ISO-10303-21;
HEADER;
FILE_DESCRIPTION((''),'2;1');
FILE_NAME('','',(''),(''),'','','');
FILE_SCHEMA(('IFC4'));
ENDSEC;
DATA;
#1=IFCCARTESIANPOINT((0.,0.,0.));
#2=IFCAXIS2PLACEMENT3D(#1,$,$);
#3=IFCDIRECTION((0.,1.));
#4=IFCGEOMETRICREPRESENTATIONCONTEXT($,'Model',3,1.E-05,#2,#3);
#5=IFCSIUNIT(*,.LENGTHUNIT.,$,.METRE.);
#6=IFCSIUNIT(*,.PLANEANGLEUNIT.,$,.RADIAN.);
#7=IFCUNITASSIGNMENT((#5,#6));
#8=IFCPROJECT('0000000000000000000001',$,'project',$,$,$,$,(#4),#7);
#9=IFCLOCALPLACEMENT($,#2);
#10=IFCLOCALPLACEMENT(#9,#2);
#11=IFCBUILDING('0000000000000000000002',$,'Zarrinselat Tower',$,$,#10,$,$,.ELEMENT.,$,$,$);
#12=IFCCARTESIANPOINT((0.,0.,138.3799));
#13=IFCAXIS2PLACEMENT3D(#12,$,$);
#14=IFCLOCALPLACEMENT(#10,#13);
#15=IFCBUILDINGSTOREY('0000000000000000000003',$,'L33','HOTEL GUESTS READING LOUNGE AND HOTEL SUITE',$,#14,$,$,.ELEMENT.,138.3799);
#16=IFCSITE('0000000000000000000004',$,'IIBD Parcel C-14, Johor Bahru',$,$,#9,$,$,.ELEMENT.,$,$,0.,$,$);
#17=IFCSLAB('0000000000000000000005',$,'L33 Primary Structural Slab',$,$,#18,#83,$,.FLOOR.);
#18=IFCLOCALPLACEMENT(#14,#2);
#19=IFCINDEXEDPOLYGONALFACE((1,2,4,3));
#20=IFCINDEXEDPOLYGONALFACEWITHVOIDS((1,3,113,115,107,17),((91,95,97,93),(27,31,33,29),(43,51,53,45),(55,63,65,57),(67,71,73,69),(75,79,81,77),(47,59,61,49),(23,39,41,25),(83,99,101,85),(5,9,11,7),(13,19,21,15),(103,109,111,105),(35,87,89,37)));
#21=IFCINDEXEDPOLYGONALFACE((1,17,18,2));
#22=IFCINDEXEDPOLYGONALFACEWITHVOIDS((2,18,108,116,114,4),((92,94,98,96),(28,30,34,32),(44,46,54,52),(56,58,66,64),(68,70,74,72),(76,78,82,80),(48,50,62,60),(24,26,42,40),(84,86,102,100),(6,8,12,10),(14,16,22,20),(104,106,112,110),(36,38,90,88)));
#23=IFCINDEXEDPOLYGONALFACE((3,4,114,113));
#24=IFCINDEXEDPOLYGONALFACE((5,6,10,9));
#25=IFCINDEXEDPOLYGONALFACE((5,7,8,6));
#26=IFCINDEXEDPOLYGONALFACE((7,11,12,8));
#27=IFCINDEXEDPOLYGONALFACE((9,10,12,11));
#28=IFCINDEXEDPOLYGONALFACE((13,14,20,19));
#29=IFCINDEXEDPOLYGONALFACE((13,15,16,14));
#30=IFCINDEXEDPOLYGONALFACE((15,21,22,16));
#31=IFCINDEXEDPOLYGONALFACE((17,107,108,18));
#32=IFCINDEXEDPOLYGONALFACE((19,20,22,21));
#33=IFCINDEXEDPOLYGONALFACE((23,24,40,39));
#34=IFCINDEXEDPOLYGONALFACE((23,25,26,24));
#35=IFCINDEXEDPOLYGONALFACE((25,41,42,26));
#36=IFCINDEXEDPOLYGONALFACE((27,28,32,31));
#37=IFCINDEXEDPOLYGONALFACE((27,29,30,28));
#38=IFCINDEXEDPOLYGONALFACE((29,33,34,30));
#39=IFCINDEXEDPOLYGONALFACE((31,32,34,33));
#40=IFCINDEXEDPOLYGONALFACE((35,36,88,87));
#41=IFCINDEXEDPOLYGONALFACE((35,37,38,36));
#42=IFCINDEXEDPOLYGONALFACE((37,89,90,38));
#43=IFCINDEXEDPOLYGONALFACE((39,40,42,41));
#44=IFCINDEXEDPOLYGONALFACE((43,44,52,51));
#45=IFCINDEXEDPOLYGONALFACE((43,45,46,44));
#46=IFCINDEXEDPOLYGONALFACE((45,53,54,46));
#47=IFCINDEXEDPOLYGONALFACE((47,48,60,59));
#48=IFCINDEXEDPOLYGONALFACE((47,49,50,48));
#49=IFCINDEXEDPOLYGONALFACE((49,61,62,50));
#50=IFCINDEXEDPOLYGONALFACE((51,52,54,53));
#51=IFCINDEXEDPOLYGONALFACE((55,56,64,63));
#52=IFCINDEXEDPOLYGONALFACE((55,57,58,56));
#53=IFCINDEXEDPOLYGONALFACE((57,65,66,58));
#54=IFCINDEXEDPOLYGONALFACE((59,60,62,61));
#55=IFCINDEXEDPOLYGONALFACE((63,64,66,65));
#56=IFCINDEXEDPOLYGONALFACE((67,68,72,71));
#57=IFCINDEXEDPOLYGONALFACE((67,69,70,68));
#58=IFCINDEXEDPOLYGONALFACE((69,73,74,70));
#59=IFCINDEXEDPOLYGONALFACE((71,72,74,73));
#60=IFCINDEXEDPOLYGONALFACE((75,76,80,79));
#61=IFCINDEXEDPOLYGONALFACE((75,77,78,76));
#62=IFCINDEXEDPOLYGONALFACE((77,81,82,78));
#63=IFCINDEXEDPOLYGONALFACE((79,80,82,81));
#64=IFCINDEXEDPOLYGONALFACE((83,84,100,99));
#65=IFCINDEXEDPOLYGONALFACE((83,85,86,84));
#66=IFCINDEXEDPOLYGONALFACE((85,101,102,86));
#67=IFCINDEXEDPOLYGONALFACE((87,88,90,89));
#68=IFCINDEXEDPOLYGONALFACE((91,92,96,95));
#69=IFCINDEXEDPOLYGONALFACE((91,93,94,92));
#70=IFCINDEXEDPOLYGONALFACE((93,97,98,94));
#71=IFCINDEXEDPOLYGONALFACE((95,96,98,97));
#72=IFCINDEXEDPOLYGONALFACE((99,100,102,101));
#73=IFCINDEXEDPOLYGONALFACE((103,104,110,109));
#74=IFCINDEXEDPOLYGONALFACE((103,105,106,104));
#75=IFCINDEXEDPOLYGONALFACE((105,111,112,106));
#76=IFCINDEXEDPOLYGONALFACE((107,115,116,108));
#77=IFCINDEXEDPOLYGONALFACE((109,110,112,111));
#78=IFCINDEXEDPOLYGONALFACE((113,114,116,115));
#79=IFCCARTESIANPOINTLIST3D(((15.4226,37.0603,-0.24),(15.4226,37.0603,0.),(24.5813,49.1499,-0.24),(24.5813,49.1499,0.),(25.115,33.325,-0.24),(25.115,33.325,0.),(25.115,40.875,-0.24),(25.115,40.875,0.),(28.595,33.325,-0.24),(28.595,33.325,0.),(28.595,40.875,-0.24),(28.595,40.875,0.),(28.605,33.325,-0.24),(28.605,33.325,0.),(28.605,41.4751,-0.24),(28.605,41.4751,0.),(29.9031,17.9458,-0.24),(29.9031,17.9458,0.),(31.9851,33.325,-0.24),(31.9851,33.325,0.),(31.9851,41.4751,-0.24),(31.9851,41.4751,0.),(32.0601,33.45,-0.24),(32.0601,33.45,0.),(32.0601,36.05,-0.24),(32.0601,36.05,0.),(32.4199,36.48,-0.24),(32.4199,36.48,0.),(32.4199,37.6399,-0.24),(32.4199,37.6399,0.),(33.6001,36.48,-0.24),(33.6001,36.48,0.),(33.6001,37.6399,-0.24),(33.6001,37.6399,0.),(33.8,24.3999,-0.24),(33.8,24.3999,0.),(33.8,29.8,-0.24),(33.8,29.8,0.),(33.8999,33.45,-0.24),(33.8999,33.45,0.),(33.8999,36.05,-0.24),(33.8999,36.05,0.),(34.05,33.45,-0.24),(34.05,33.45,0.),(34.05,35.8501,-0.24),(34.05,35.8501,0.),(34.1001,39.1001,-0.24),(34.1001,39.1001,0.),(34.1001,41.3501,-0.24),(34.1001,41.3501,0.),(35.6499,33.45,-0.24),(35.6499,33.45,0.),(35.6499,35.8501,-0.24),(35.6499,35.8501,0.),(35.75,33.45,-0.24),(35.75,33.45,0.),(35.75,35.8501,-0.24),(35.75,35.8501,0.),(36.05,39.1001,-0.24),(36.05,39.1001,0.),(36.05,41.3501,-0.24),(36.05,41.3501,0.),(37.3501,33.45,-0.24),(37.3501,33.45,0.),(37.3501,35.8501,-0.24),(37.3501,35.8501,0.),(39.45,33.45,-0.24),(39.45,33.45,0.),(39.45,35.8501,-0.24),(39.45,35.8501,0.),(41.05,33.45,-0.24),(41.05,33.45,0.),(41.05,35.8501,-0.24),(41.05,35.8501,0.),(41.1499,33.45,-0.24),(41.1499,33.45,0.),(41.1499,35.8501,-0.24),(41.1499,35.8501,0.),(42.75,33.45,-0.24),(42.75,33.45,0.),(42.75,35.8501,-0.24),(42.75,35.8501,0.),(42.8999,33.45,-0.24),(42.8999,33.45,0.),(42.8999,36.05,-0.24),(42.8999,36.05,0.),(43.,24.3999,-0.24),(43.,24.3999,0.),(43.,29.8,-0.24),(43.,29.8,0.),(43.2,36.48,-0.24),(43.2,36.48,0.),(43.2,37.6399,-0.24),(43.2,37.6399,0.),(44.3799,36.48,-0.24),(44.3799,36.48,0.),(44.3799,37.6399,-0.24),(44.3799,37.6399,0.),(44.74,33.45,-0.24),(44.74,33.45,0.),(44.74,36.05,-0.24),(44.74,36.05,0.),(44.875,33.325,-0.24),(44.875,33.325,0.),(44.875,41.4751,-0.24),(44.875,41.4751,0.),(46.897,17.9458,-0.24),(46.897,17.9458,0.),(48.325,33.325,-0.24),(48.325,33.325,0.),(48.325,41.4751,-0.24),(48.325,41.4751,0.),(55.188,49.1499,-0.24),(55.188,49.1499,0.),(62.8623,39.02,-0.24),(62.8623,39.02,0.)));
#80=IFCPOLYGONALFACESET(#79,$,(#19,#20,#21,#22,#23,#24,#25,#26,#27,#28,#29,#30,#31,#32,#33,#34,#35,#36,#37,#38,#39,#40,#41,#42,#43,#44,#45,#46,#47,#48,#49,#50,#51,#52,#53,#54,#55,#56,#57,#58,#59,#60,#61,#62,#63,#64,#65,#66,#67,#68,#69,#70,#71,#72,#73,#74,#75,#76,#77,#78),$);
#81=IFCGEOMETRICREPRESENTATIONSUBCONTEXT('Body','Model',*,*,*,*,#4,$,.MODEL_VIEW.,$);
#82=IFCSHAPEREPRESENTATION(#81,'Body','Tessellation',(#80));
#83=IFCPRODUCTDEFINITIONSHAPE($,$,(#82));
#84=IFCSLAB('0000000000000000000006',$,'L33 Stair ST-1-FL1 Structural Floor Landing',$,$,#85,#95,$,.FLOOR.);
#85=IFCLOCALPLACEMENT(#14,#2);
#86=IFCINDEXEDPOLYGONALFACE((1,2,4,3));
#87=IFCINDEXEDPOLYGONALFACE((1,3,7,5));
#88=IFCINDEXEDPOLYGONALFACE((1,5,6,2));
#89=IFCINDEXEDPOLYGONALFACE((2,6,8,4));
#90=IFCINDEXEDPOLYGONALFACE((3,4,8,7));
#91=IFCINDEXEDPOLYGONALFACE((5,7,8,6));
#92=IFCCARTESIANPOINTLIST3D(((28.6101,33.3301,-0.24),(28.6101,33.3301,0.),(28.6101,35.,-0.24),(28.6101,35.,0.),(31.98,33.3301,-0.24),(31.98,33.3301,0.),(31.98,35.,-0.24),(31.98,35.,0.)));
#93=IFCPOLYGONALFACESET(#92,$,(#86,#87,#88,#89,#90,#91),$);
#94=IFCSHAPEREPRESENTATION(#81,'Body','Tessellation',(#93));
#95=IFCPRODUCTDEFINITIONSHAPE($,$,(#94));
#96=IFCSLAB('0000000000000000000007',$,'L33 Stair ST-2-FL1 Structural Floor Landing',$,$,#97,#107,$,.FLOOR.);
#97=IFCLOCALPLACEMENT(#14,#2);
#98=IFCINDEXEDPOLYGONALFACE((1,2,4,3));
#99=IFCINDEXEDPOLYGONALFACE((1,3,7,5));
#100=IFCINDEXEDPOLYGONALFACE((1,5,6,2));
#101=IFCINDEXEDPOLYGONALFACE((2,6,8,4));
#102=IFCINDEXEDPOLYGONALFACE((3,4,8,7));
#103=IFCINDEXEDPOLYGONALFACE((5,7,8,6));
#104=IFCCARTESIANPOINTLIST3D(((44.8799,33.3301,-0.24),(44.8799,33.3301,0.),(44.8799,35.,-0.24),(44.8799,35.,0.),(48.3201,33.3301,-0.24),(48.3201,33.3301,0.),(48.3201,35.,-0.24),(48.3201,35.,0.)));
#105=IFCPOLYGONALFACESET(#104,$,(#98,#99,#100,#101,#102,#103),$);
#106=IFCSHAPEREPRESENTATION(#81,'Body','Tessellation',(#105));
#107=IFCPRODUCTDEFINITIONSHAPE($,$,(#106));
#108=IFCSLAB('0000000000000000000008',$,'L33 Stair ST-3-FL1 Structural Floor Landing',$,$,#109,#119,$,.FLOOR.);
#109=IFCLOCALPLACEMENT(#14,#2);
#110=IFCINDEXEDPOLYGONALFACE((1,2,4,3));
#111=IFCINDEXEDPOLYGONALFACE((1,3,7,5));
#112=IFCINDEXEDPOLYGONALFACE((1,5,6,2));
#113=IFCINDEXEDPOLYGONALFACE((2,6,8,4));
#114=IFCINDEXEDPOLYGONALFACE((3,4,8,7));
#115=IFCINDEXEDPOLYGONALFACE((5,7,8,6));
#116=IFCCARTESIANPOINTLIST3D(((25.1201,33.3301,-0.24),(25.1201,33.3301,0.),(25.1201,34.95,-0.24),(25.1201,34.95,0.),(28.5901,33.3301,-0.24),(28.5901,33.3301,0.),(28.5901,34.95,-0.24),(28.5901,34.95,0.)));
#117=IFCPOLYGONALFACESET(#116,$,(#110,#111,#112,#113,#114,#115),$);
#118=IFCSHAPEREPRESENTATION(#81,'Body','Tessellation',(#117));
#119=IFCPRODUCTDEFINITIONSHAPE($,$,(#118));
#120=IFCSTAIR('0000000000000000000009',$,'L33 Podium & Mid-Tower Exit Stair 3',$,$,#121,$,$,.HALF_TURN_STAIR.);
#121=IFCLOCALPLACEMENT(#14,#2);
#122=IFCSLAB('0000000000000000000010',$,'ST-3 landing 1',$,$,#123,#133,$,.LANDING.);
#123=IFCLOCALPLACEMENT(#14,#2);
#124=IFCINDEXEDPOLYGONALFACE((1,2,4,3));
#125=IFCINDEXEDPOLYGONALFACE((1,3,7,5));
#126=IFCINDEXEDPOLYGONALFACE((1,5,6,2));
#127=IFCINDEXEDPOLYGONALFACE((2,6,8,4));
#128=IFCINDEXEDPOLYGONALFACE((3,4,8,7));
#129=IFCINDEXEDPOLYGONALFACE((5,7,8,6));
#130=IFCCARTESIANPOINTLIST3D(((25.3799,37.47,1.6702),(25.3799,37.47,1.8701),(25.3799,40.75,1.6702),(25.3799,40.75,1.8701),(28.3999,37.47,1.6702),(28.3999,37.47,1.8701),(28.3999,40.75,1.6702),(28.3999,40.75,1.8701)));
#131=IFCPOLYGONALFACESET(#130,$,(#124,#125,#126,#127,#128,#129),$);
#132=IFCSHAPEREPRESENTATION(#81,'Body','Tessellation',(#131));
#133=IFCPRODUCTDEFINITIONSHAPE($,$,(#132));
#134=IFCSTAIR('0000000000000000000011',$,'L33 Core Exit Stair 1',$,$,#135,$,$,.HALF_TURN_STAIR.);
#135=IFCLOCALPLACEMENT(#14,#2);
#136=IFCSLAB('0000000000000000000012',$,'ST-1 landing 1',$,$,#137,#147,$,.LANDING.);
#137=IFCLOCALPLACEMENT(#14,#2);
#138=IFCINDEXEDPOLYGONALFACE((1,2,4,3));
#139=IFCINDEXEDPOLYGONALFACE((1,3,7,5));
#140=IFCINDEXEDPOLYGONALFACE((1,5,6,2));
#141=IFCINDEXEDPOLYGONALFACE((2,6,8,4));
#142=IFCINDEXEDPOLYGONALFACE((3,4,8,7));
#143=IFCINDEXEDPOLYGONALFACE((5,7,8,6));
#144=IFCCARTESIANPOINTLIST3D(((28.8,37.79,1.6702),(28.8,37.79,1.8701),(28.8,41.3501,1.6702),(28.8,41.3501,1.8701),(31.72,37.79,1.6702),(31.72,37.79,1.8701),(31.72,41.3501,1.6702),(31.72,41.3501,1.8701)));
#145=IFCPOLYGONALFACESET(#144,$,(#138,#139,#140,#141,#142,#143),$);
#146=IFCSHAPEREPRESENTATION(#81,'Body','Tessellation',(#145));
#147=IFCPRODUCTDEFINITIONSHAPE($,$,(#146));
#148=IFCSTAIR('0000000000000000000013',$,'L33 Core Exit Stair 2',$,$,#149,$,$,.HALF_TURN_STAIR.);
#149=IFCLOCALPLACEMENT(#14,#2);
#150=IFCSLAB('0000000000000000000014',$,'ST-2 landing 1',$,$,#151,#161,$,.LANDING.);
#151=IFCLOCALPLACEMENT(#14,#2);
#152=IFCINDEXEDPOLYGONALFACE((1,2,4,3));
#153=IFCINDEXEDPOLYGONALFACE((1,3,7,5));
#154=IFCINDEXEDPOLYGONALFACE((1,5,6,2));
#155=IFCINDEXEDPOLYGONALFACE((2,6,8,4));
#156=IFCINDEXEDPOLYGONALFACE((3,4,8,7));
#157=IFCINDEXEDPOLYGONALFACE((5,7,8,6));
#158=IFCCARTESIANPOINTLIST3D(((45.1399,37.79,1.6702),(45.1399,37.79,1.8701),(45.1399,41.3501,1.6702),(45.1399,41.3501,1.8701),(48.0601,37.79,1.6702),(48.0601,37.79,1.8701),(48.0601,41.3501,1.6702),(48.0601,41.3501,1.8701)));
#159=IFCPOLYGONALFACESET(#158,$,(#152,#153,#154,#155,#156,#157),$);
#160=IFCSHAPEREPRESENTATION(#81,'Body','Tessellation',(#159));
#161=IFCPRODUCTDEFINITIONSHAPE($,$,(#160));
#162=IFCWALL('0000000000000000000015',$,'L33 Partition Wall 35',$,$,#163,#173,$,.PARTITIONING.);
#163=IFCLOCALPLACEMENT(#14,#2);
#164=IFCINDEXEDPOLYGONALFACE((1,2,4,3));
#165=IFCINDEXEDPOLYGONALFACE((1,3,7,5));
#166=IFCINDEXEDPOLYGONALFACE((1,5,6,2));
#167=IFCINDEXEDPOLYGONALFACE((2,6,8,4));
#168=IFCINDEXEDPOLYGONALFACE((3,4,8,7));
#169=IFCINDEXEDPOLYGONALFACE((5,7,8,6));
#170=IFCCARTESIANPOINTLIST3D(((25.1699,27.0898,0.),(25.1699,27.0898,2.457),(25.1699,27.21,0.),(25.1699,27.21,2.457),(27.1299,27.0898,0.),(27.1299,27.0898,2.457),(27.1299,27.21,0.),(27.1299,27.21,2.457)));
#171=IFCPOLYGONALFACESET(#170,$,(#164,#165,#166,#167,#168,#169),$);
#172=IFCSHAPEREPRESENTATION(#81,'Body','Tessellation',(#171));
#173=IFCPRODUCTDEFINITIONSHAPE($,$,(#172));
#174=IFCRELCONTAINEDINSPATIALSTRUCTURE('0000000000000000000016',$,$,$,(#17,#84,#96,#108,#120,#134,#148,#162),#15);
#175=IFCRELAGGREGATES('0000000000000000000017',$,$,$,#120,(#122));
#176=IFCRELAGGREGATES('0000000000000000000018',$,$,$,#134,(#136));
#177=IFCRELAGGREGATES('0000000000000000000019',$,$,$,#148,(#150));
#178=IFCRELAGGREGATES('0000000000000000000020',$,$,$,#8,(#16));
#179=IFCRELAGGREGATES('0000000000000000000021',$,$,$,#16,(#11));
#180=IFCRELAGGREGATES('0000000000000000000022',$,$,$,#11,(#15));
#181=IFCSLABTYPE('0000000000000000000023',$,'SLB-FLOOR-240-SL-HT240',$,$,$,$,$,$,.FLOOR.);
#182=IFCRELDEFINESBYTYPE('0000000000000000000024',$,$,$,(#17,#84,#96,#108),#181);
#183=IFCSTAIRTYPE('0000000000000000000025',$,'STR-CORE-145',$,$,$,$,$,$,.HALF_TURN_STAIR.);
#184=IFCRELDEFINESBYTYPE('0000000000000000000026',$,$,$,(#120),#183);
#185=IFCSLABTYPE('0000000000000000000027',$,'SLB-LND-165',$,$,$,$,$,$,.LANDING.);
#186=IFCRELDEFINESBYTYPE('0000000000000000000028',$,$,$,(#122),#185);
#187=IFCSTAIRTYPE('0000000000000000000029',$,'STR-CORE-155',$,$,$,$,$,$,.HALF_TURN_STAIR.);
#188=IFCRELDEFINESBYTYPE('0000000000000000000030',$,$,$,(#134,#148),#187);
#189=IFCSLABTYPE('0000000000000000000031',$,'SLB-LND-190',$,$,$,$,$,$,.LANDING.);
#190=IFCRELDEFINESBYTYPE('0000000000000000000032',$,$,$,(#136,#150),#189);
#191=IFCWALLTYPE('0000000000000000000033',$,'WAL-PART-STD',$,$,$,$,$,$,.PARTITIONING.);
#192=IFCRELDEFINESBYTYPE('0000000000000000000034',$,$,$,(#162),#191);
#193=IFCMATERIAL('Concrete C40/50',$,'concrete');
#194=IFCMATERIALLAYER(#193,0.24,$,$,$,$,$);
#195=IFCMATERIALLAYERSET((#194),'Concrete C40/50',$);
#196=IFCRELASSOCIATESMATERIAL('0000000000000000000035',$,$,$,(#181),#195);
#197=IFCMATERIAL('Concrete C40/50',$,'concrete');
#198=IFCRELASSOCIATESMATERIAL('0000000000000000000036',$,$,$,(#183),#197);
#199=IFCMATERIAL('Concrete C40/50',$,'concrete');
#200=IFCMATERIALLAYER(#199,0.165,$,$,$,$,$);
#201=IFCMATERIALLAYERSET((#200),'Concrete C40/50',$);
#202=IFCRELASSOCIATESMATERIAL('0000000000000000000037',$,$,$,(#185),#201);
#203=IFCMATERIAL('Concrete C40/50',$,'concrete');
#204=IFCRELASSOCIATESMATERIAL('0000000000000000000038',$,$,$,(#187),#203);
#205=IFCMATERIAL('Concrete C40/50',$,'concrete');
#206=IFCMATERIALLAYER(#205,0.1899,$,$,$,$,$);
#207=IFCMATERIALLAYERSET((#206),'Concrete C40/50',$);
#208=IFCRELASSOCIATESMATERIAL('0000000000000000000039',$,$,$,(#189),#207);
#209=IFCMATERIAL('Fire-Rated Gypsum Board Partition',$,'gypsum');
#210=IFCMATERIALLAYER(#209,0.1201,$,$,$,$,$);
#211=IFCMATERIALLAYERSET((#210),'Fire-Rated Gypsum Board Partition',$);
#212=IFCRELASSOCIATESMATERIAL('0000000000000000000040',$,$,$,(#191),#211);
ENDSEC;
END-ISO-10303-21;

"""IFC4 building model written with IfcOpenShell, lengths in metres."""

from ifc_helpers import new_model, si_unit, direction, frame, frame_2d, origin, place, context, subcontext, project, spatial, polyline, rectangle, outline, extrude, material, layer, layer_set, type_object, element, aggregate, save


model = new_model("IFC4")

# Units and contexts
model_context = context("Model", 3, precision=1e-05, world=origin(), true_north=direction((0.0, 1.0)))
body_context = subcontext(model_context, "Body", "Model", "MODEL_VIEW")
ifc_project = project(units=[si_unit("LENGTHUNIT", "METRE"), si_unit("PLANEANGLEUNIT", "RADIAN")], contexts=[model_context])

# Site, building, storey
site_placement = place(None, origin())
site = spatial("IfcSite", under=ifc_project, at=site_placement, Name="IIBD Parcel C-14, Johor Bahru", CompositionType="ELEMENT", RefElevation=0.0)
building_placement = place(site_placement, origin())
building = spatial("IfcBuilding", under=site, at=building_placement, Name="Zarrinselat Tower", CompositionType="ELEMENT")
storey_placement = place(building_placement, frame((0.0, 0.0, 138.3799)))
storey = spatial("IfcBuildingStorey", under=building, at=storey_placement, Name="L33", Description="HOTEL GUESTS READING LOUNGE AND HOTEL SUITE", CompositionType="ELEMENT", Elevation=138.3799)

# Slabs
ifc_material_1 = material(Name="Concrete C40/50", Category="concrete")
ifc_layer_1 = layer(ifc_material_1, 0.24)
ifc_layer_set_1 = layer_set([ifc_layer_1], Name="Concrete C40/50")
slab_type_1 = type_object("IfcSlabType", Name="SLB-FLOOR-240-SL-HT240", PredefinedType="FLOOR", material=ifc_layer_set_1)
slab_1_placement = place(storey_placement, frame((0.0, 0.0, -0.24)))
element("IfcSlab", 1, at=slab_1_placement, inside=storey, type_object=slab_type_1, Name="L33 Primary Structural Slab", PredefinedType="FLOOR", context=body_context, shape_type="SweptSolid", body=[
    extrude(outline(polyline([(55.188, 49.1499), (24.5813, 49.1499), (15.4226, 37.0603), (29.9031, 17.9458), (46.897, 17.9458), (62.8623, 39.02), (55.188, 49.1499)]), holes=[polyline([(35.6499, 33.45), (34.05, 33.45), (34.05, 35.8501), (35.6499, 35.8501), (35.6499, 33.45)]), polyline([(35.75, 33.45), (35.75, 35.8501), (37.3501, 35.8501), (37.3501, 33.45), (35.75, 33.45)]), polyline([(32.0601, 33.45), (32.0601, 36.05), (33.8999, 36.05), (33.8999, 33.45), (32.0601, 33.45)]), polyline([(33.6001, 36.48), (32.4199, 36.48), (32.4199, 37.6399), (33.6001, 37.6399), (33.6001, 36.48)]), polyline([(28.595, 33.325), (25.115, 33.325), (25.115, 40.875), (28.595, 40.875), (28.595, 33.325)]), polyline([(31.9851, 33.325), (28.605, 33.325), (28.605, 41.4751), (31.9851, 41.4751), (31.9851, 33.325)]), polyline([(36.05, 39.1001), (34.1001, 39.1001), (34.1001, 41.3501), (36.05, 41.3501), (36.05, 39.1001)]), polyline([(33.8, 24.3999), (33.8, 29.8), (43.0, 29.8), (43.0, 24.3999), (33.8, 24.3999)]), polyline([(39.45, 33.45), (39.45, 35.8501), (41.05, 35.8501), (41.05, 33.45), (39.45, 33.45)]), polyline([(41.1499, 33.45), (41.1499, 35.8501), (42.75, 35.8501), (42.75, 33.45), (41.1499, 33.45)]), polyline([(42.8999, 33.45), (42.8999, 36.05), (44.74, 36.05), (44.74, 33.45), (42.8999, 33.45)]), polyline([(43.2, 36.48), (43.2, 37.6399), (44.3799, 37.6399), (44.3799, 36.48), (43.2, 36.48)]), polyline([(48.325, 33.325), (44.875, 33.325), (44.875, 41.4751), (48.325, 41.4751), (48.325, 33.325)])]), origin(), (0.0, 0.0, 1.0), 0.24),
])
slab_2_placement = place(storey_placement, frame((0.0, 0.0, -0.24)))
element("IfcSlab", 2, at=slab_2_placement, inside=storey, type_object=slab_type_1, Name="L33 Stair ST-1-FL1 Structural Floor Landing", PredefinedType="FLOOR", context=body_context, shape_type="SweptSolid", body=[
    extrude(outline(polyline([(31.98, 33.3301), (31.98, 35.0), (28.6101, 35.0), (28.6101, 33.3301), (31.98, 33.3301)])), origin(), (0.0, 0.0, 1.0), 0.24),
])
slab_3_placement = place(storey_placement, frame((0.0, 0.0, -0.24)))
element("IfcSlab", 3, at=slab_3_placement, inside=storey, type_object=slab_type_1, Name="L33 Stair ST-2-FL1 Structural Floor Landing", PredefinedType="FLOOR", context=body_context, shape_type="SweptSolid", body=[
    extrude(outline(polyline([(48.3201, 33.3301), (48.3201, 35.0), (44.8799, 35.0), (44.8799, 33.3301), (48.3201, 33.3301)])), origin(), (0.0, 0.0, 1.0), 0.24),
])
slab_4_placement = place(storey_placement, frame((0.0, 0.0, -0.24)))
element("IfcSlab", 4, at=slab_4_placement, inside=storey, type_object=slab_type_1, Name="L33 Stair ST-3-FL1 Structural Floor Landing", PredefinedType="FLOOR", context=body_context, shape_type="SweptSolid", body=[
    extrude(outline(polyline([(28.5901, 33.3301), (28.5901, 34.95), (25.1201, 34.95), (25.1201, 33.3301), (28.5901, 33.3301)])), origin(), (0.0, 0.0, 1.0), 0.24),
])

# Stairs, slabs
ifc_material_2 = material(Name="Concrete C40/50", Category="concrete")
stair_type_1 = type_object("IfcStairType", Name="STR-CORE-145", PredefinedType="HALF_TURN_STAIR", material=ifc_material_2)
stair_1_placement = place(storey_placement, origin())
stair_1 = element("IfcStair", 5, at=stair_1_placement, inside=storey, type_object=stair_type_1, Name="L33 Podium & Mid-Tower Exit Stair 3", PredefinedType="HALF_TURN_STAIR")
ifc_material_3 = material(Name="Concrete C40/50", Category="concrete")
ifc_layer_2 = layer(ifc_material_3, 0.165)
ifc_layer_set_2 = layer_set([ifc_layer_2], Name="Concrete C40/50")
slab_type_2 = type_object("IfcSlabType", Name="SLB-LND-165", PredefinedType="LANDING", material=ifc_layer_set_2)
slab_5_placement = place(storey_placement, frame((0.0, 0.0, 1.6702)))
slab_5 = element("IfcSlab", 6, at=slab_5_placement, type_object=slab_type_2, Name="ST-3 landing 1", PredefinedType="LANDING", context=body_context, shape_type="SweptSolid", body=[
    extrude(outline(polyline([(28.3999, 37.47), (28.3999, 40.75), (25.3799, 40.75), (25.3799, 37.47), (28.3999, 37.47)])), origin(), (0.0, 0.0, 1.0), 0.2),
])
aggregate(stair_1, [slab_5])
ifc_material_4 = material(Name="Concrete C40/50", Category="concrete")
stair_type_2 = type_object("IfcStairType", Name="STR-CORE-155", PredefinedType="HALF_TURN_STAIR", material=ifc_material_4)
stair_2_placement = place(storey_placement, origin())
stair_2 = element("IfcStair", 7, at=stair_2_placement, inside=storey, type_object=stair_type_2, Name="L33 Core Exit Stair 1", PredefinedType="HALF_TURN_STAIR")
ifc_material_5 = material(Name="Concrete C40/50", Category="concrete")
ifc_layer_3 = layer(ifc_material_5, 0.1899)
ifc_layer_set_3 = layer_set([ifc_layer_3], Name="Concrete C40/50")
slab_type_3 = type_object("IfcSlabType", Name="SLB-LND-190", PredefinedType="LANDING", material=ifc_layer_set_3)
slab_6_placement = place(storey_placement, frame((0.0, 0.0, 1.6702)))
slab_6 = element("IfcSlab", 8, at=slab_6_placement, type_object=slab_type_3, Name="ST-1 landing 1", PredefinedType="LANDING", context=body_context, shape_type="SweptSolid", body=[
    extrude(outline(polyline([(31.72, 37.79), (31.72, 41.3501), (28.8, 41.3501), (28.8, 37.79), (31.72, 37.79)])), origin(), (0.0, 0.0, 1.0), 0.2),
])
aggregate(stair_2, [slab_6])
stair_3_placement = place(storey_placement, origin())
stair_3 = element("IfcStair", 9, at=stair_3_placement, inside=storey, type_object=stair_type_2, Name="L33 Core Exit Stair 2", PredefinedType="HALF_TURN_STAIR")
slab_7_placement = place(storey_placement, frame((0.0, 0.0, 1.6702)))
slab_7 = element("IfcSlab", 10, at=slab_7_placement, type_object=slab_type_3, Name="ST-2 landing 1", PredefinedType="LANDING", context=body_context, shape_type="SweptSolid", body=[
    extrude(outline(polyline([(48.0601, 37.79), (48.0601, 41.3501), (45.1399, 41.3501), (45.1399, 37.79), (48.0601, 37.79)])), origin(), (0.0, 0.0, 1.0), 0.2),
])
aggregate(stair_3, [slab_7])

# Wall
ifc_material_6 = material(Name="Fire-Rated Gypsum Board Partition", Category="gypsum")
ifc_layer_4 = layer(ifc_material_6, 0.1201)
ifc_layer_set_4 = layer_set([ifc_layer_4], Name="Fire-Rated Gypsum Board Partition")
wall_type_1 = type_object("IfcWallType", Name="WAL-PART-STD", PredefinedType="PARTITIONING", material=ifc_layer_set_4)
wall_1_placement = place(storey_placement, frame((25.1699, 27.1499, 0.0), z_axis=(0.0, 0.0, 1.0), x_axis=(1.0, 0.0, 0.0)))
element("IfcWall", 11, at=wall_1_placement, inside=storey, type_object=wall_type_1, Name="L33 Partition Wall 35", PredefinedType="PARTITIONING", context=body_context, shape_type="SweptSolid", body=[
    extrude(rectangle(XDim=1.96, YDim=0.1201, at=frame_2d((0.98, 0.0))), origin(), (0.0, 0.0, 1.0), 2.457),
])

save(model, "model.ifc")
